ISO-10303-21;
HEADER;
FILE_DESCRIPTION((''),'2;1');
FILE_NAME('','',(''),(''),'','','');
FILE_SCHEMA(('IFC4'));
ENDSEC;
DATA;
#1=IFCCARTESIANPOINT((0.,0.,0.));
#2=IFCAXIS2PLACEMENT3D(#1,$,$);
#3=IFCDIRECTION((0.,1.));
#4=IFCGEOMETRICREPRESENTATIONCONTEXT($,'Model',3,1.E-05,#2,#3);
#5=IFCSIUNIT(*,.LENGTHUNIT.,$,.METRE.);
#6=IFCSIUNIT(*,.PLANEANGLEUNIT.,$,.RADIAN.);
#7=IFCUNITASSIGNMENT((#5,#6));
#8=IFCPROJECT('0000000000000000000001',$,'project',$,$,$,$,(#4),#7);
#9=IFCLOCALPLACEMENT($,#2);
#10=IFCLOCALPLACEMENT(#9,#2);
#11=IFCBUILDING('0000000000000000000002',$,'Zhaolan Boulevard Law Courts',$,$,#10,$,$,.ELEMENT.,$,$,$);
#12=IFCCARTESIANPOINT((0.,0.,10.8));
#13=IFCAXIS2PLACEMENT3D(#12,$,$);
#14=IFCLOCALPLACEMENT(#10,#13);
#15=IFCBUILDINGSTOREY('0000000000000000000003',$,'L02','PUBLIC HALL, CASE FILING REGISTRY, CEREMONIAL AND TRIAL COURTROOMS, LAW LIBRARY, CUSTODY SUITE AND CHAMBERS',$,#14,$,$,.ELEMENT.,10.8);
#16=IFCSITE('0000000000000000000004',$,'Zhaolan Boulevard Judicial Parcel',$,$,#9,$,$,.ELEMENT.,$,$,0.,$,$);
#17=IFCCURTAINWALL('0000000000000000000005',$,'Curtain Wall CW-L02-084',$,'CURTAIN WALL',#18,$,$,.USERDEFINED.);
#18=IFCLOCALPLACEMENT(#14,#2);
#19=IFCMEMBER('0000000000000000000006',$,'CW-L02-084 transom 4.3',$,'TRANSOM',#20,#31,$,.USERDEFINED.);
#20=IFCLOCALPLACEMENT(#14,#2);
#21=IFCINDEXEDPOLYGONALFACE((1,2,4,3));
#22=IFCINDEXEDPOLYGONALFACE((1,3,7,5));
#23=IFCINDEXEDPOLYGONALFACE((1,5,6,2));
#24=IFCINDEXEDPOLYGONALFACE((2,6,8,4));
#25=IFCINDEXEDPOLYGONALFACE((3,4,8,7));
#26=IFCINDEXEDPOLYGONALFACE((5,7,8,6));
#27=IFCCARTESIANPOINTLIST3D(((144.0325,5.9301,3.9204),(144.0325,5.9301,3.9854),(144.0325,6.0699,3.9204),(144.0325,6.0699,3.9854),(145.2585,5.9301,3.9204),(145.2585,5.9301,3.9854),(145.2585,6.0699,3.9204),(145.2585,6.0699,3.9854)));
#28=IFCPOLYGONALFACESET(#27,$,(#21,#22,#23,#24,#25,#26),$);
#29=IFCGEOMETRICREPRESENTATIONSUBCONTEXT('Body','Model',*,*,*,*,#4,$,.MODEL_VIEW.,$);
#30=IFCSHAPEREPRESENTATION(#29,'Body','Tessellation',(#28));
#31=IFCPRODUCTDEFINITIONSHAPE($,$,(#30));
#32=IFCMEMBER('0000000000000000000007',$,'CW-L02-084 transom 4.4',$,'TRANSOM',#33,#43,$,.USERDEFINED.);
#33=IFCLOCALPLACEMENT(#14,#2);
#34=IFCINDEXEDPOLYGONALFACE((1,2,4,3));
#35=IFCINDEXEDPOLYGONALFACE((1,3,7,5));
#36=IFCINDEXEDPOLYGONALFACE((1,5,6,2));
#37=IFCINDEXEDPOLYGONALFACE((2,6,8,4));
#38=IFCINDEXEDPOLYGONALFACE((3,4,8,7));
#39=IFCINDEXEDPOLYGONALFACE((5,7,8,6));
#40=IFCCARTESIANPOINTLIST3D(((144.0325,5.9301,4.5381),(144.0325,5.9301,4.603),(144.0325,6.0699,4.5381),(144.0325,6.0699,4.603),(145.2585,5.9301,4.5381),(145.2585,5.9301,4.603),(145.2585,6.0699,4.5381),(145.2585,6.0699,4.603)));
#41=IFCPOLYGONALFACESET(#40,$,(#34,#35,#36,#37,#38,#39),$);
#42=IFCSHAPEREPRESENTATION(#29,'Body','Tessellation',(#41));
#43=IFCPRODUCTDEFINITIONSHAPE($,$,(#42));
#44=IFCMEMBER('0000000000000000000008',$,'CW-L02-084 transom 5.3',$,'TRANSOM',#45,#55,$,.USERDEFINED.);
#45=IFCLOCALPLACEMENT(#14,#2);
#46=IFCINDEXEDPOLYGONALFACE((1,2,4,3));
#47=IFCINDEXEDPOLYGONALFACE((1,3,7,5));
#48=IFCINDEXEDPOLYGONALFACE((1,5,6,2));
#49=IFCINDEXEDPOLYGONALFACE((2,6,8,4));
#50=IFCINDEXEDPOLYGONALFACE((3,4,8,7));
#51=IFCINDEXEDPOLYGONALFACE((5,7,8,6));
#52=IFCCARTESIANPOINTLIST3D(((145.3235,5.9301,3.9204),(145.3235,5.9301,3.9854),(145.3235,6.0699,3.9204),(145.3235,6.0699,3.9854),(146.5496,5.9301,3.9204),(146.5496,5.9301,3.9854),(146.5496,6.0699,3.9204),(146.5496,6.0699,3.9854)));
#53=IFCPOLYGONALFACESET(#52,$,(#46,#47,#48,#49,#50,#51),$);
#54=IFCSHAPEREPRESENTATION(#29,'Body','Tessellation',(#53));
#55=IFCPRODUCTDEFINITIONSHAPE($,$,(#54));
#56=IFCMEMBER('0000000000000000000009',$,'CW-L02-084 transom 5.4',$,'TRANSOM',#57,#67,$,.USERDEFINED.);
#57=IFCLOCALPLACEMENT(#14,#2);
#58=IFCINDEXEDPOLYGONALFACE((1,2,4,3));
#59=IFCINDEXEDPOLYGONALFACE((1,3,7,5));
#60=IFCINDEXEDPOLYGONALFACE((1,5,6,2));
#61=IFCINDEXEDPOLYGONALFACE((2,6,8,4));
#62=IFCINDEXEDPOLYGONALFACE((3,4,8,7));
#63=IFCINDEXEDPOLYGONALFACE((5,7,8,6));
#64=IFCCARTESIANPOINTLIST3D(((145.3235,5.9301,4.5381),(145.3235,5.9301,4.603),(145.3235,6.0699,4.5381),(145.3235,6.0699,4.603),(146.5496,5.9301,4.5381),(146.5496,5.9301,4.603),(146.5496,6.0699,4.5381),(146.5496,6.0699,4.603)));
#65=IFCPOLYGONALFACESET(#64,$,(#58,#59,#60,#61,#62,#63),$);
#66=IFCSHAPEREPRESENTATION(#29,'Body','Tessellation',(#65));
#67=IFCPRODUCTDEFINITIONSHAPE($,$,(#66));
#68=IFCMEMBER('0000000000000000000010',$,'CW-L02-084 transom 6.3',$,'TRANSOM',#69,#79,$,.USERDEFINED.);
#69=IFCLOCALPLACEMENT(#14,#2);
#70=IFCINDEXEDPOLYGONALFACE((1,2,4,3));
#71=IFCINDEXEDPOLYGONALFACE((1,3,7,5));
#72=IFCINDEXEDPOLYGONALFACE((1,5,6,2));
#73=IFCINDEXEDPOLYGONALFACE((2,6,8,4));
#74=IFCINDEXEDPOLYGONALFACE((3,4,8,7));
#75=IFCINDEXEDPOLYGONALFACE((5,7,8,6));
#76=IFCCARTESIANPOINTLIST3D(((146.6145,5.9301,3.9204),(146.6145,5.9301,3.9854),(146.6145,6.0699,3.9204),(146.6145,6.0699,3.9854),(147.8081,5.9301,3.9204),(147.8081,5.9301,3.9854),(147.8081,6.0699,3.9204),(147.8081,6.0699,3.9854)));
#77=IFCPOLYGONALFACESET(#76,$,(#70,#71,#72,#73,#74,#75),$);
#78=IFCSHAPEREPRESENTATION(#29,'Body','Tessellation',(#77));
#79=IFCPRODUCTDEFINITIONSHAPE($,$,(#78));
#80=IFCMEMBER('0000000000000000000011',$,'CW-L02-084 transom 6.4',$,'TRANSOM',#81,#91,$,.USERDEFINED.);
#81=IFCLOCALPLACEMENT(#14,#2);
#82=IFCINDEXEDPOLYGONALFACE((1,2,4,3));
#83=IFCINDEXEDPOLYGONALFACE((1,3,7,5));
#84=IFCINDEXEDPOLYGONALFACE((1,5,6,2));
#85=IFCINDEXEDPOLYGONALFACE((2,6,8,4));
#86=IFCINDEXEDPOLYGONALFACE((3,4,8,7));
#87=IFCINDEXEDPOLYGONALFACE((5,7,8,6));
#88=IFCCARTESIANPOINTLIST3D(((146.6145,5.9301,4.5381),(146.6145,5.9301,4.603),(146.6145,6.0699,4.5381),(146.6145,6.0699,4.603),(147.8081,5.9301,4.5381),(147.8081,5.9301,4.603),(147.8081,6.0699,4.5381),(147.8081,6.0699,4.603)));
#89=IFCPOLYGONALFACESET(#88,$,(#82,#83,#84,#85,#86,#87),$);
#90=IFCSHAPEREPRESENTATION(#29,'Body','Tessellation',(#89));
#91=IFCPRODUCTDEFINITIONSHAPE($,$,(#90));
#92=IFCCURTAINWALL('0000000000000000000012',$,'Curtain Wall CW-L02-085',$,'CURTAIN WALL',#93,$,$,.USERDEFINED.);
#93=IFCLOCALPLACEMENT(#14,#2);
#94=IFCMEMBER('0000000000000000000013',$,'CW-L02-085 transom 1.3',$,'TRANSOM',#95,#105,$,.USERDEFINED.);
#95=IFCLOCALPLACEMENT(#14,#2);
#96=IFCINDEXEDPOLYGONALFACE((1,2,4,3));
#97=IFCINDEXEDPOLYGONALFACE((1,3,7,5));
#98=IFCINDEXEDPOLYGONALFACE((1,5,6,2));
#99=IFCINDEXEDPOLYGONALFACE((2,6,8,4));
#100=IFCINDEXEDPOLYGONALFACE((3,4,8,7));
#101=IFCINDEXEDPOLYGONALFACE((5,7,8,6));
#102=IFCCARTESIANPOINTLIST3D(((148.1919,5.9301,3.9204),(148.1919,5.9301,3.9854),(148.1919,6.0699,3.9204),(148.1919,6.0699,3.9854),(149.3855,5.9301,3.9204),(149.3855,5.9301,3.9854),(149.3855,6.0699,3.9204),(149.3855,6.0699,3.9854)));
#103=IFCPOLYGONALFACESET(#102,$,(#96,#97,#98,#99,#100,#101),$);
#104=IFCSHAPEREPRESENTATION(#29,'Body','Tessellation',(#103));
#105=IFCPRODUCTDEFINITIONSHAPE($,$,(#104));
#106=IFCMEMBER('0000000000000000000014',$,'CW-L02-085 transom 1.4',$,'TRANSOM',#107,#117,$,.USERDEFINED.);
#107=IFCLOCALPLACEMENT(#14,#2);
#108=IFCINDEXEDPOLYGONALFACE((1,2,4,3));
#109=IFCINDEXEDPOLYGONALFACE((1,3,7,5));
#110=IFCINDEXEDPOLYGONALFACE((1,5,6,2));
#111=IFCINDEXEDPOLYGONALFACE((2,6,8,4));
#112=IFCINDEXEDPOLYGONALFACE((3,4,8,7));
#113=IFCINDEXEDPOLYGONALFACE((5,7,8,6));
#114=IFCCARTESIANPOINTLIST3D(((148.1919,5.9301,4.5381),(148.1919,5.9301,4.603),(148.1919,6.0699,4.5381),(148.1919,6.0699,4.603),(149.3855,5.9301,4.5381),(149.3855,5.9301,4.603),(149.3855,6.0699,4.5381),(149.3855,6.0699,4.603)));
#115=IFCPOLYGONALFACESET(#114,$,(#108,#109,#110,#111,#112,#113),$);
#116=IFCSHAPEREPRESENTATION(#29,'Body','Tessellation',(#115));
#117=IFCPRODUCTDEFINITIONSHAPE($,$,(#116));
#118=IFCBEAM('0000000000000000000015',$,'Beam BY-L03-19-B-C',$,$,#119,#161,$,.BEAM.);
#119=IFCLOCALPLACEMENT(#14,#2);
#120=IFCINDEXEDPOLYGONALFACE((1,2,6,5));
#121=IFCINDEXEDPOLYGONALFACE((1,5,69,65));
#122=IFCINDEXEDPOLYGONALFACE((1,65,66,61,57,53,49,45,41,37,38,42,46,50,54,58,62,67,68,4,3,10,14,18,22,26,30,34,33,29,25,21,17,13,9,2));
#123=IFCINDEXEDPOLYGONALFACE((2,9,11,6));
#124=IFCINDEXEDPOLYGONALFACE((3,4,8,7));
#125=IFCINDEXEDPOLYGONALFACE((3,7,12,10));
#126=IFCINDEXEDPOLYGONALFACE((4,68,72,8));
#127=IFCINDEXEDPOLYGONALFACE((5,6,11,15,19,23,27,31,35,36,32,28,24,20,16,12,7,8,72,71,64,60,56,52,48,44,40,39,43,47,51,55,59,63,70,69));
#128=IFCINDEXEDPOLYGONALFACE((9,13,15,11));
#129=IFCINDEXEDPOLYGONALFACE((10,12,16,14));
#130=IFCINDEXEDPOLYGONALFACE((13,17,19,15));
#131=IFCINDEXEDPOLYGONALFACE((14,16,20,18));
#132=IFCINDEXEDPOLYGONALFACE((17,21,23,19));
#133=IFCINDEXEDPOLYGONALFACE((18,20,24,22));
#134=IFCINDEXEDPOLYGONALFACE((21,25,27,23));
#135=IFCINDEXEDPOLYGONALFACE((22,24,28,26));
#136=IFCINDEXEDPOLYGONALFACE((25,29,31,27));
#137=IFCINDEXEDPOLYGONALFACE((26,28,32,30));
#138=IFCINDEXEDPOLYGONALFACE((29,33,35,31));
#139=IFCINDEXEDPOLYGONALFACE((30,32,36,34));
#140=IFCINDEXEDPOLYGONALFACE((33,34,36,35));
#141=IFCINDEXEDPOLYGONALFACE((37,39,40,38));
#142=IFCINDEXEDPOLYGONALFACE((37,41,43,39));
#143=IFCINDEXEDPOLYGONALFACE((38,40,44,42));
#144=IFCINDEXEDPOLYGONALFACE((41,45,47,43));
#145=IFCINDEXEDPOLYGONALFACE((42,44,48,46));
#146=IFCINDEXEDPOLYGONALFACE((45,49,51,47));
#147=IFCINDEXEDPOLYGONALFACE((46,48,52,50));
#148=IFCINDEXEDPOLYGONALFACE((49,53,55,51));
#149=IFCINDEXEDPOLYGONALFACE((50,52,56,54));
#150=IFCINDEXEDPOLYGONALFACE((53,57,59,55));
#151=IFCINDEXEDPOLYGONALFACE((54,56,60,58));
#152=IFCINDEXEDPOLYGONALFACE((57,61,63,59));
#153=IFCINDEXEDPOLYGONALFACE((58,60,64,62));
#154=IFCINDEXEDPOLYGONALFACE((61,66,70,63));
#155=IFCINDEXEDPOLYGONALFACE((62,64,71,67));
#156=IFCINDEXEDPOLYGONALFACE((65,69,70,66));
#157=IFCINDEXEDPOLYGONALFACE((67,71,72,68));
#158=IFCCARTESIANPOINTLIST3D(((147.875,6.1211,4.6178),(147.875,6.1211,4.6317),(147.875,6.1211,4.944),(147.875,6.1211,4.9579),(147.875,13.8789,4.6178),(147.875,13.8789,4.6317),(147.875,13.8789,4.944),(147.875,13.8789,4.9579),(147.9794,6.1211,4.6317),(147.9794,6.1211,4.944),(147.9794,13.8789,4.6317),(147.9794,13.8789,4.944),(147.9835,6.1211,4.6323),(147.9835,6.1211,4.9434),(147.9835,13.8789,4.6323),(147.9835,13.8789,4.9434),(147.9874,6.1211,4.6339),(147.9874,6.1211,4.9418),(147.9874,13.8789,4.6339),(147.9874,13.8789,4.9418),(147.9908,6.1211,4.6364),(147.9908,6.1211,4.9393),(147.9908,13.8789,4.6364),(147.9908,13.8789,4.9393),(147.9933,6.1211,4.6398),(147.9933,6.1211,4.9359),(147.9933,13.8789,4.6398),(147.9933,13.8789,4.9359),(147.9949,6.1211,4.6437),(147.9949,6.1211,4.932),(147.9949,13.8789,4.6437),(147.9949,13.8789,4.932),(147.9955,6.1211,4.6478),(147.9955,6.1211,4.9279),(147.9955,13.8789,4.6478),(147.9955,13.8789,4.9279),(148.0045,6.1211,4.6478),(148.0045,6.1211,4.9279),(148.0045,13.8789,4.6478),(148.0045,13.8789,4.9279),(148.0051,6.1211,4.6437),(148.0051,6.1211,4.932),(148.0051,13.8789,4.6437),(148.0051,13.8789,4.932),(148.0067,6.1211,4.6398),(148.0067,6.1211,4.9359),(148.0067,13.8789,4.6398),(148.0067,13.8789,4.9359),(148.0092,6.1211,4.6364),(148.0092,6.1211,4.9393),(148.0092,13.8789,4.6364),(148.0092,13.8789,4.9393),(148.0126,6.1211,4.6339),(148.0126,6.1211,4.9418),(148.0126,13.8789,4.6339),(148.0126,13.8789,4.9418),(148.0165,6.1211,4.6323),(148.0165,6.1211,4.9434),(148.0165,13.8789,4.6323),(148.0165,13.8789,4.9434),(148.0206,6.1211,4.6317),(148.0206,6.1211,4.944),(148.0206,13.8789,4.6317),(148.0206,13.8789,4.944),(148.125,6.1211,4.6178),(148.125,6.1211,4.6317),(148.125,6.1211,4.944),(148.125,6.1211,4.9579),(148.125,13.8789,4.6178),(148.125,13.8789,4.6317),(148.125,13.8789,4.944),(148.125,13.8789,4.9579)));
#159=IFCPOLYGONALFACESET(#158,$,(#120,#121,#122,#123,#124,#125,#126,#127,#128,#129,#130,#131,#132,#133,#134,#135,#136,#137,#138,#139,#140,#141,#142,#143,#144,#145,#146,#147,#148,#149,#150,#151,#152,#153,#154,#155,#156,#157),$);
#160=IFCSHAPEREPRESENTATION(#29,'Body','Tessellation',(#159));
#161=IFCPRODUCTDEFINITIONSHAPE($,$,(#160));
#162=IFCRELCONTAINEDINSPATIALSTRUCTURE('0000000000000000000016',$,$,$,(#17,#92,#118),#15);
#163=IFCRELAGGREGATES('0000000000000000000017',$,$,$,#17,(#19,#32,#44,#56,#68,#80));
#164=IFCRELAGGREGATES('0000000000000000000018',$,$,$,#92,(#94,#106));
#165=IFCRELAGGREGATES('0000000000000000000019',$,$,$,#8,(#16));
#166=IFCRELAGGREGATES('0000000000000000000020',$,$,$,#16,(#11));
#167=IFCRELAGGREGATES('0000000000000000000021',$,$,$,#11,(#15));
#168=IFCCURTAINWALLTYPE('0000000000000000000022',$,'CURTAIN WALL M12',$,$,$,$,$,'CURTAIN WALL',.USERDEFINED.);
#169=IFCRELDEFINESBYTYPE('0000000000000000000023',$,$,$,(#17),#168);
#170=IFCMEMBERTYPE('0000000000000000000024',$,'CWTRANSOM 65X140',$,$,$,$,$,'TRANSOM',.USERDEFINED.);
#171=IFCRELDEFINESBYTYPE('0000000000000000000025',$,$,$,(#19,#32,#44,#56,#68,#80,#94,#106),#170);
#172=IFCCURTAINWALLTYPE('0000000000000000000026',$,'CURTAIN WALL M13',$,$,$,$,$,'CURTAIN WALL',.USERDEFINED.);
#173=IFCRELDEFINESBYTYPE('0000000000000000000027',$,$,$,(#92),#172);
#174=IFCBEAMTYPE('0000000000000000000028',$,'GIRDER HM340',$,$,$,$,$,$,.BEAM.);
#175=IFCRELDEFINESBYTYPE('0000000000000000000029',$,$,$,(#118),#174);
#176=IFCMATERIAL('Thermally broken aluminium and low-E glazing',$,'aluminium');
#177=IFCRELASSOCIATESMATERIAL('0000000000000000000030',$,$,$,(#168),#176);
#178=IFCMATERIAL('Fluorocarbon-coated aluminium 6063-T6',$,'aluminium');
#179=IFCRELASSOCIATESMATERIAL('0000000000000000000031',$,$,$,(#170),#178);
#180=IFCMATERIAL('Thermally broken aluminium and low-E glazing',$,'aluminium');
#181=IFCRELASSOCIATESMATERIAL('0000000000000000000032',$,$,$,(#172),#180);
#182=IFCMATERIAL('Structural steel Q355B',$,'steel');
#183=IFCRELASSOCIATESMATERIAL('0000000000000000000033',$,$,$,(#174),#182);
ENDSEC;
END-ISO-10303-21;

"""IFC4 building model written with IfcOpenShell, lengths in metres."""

from ifc_helpers import new_model, si_unit, direction, frame, origin, origin_2d, place, context, subcontext, project, spatial, rectangle, i_section, extrude, material, material_profile, profile_set, type_object, element, aggregate, save


model = new_model("IFC4")

# Units and contexts
model_context = context("Model", 3, precision=1e-05, world=origin(), true_north=direction((0.0, 1.0)))
body_context = subcontext(model_context, "Body", "Model", "MODEL_VIEW")
ifc_project = project(units=[si_unit("LENGTHUNIT", "METRE"), si_unit("PLANEANGLEUNIT", "RADIAN")], contexts=[model_context])

# Site, building, storey
site_placement = place(None, origin())
site = spatial("IfcSite", under=ifc_project, at=site_placement, Name="Zhaolan Boulevard Judicial Parcel", CompositionType="ELEMENT", RefElevation=0.0)
building_placement = place(site_placement, origin())
building = spatial("IfcBuilding", under=site, at=building_placement, Name="Zhaolan Boulevard Law Courts", CompositionType="ELEMENT")
storey_placement = place(building_placement, frame((0.0, 0.0, 10.8)))
storey = spatial("IfcBuildingStorey", under=building, at=storey_placement, Name="L02", Description="PUBLIC HALL, CASE FILING REGISTRY, CEREMONIAL AND TRIAL COURTROOMS, LAW LIBRARY, CUSTODY SUITE AND CHAMBERS", CompositionType="ELEMENT", Elevation=10.8)

# Curtain walls, members
ifc_material_1 = material(Name="Thermally broken aluminium and low-E glazing", Category="aluminium")
curtain_wall_type_1 = type_object("IfcCurtainWallType", Name="CURTAIN WALL M12", ElementType="CURTAIN WALL", PredefinedType="USERDEFINED", material=ifc_material_1)
curtain_wall_1_placement = place(storey_placement, origin())
curtain_wall_1 = element("IfcCurtainWall", 1, at=curtain_wall_1_placement, inside=storey, type_object=curtain_wall_type_1, Name="Curtain Wall CW-L02-084", ObjectType="CURTAIN WALL", PredefinedType="USERDEFINED")
ifc_material_2 = material(Name="Fluorocarbon-coated aluminium 6063-T6", Category="aluminium")
ifc_material_profile_1 = material_profile(ifc_material_2, rectangle(XDim=0.1399, YDim=0.0649, at=origin_2d()), Name="AL65x140")
ifc_profile_set_1 = profile_set([ifc_material_profile_1], Name="Fluorocarbon-coated aluminium 6063-T6")
member_type_1 = type_object("IfcMemberType", Name="CWTRANSOM 65X140", ElementType="TRANSOM", PredefinedType="USERDEFINED", material=ifc_profile_set_1)
member_1_placement = place(storey_placement, frame((144.0325, 6.0, 3.9529), z_axis=(1.0, 0.0, 0.0), x_axis=(0.0, 1.0, 0.0)))
member_1 = element("IfcMember", 2, at=member_1_placement, type_object=member_type_1, Name="CW-L02-084 transom 4.3", ObjectType="TRANSOM", PredefinedType="USERDEFINED", context=body_context, shape_type="SweptSolid", body=[
    extrude(rectangle(XDim=0.1399, YDim=0.0649, at=origin_2d()), origin(), (0.0, 0.0, 1.0), 1.2261),
])
member_2_placement = place(storey_placement, frame((144.0325, 6.0, 4.5706), z_axis=(1.0, 0.0, 0.0), x_axis=(0.0, 1.0, 0.0)))
member_2 = element("IfcMember", 3, at=member_2_placement, type_object=member_type_1, Name="CW-L02-084 transom 4.4", ObjectType="TRANSOM", PredefinedType="USERDEFINED", context=body_context, shape_type="SweptSolid", body=[
    extrude(rectangle(XDim=0.1399, YDim=0.0649, at=origin_2d()), origin(), (0.0, 0.0, 1.0), 1.2261),
])
member_3_placement = place(storey_placement, frame((145.3235, 6.0, 3.9529), z_axis=(1.0, 0.0, 0.0), x_axis=(0.0, 1.0, 0.0)))
member_3 = element("IfcMember", 4, at=member_3_placement, type_object=member_type_1, Name="CW-L02-084 transom 5.3", ObjectType="TRANSOM", PredefinedType="USERDEFINED", context=body_context, shape_type="SweptSolid", body=[
    extrude(rectangle(XDim=0.1399, YDim=0.0649, at=origin_2d()), origin(), (0.0, 0.0, 1.0), 1.2261),
])
member_4_placement = place(storey_placement, frame((145.3235, 6.0, 4.5706), z_axis=(1.0, 0.0, 0.0), x_axis=(0.0, 1.0, 0.0)))
member_4 = element("IfcMember", 5, at=member_4_placement, type_object=member_type_1, Name="CW-L02-084 transom 5.4", ObjectType="TRANSOM", PredefinedType="USERDEFINED", context=body_context, shape_type="SweptSolid", body=[
    extrude(rectangle(XDim=0.1399, YDim=0.0649, at=origin_2d()), origin(), (0.0, 0.0, 1.0), 1.2261),
])
member_5_placement = place(storey_placement, frame((146.6145, 6.0, 3.9529), z_axis=(1.0, 0.0, 0.0), x_axis=(0.0, 1.0, 0.0)))
member_5 = element("IfcMember", 6, at=member_5_placement, type_object=member_type_1, Name="CW-L02-084 transom 6.3", ObjectType="TRANSOM", PredefinedType="USERDEFINED", context=body_context, shape_type="SweptSolid", body=[
    extrude(rectangle(XDim=0.1399, YDim=0.0649, at=origin_2d()), origin(), (0.0, 0.0, 1.0), 1.1936),
])
member_6_placement = place(storey_placement, frame((146.6145, 6.0, 4.5706), z_axis=(1.0, 0.0, 0.0), x_axis=(0.0, 1.0, 0.0)))
member_6 = element("IfcMember", 7, at=member_6_placement, type_object=member_type_1, Name="CW-L02-084 transom 6.4", ObjectType="TRANSOM", PredefinedType="USERDEFINED", context=body_context, shape_type="SweptSolid", body=[
    extrude(rectangle(XDim=0.1399, YDim=0.0649, at=origin_2d()), origin(), (0.0, 0.0, 1.0), 1.1936),
])
ifc_material_3 = material(Name="Thermally broken aluminium and low-E glazing", Category="aluminium")
curtain_wall_type_2 = type_object("IfcCurtainWallType", Name="CURTAIN WALL M13", ElementType="CURTAIN WALL", PredefinedType="USERDEFINED", material=ifc_material_3)
curtain_wall_2_placement = place(storey_placement, origin())
curtain_wall_2 = element("IfcCurtainWall", 8, at=curtain_wall_2_placement, inside=storey, type_object=curtain_wall_type_2, Name="Curtain Wall CW-L02-085", ObjectType="CURTAIN WALL", PredefinedType="USERDEFINED")
member_7_placement = place(storey_placement, frame((148.1919, 6.0, 3.9529), z_axis=(1.0, 0.0, 0.0), x_axis=(0.0, 1.0, 0.0)))
member_7 = element("IfcMember", 9, at=member_7_placement, type_object=member_type_1, Name="CW-L02-085 transom 1.3", ObjectType="TRANSOM", PredefinedType="USERDEFINED", context=body_context, shape_type="SweptSolid", body=[
    extrude(rectangle(XDim=0.1399, YDim=0.0649, at=origin_2d()), origin(), (0.0, 0.0, 1.0), 1.1936),
])
member_8_placement = place(storey_placement, frame((148.1919, 6.0, 4.5706), z_axis=(1.0, 0.0, 0.0), x_axis=(0.0, 1.0, 0.0)))
member_8 = element("IfcMember", 10, at=member_8_placement, type_object=member_type_1, Name="CW-L02-085 transom 1.4", ObjectType="TRANSOM", PredefinedType="USERDEFINED", context=body_context, shape_type="SweptSolid", body=[
    extrude(rectangle(XDim=0.1399, YDim=0.0649, at=origin_2d()), origin(), (0.0, 0.0, 1.0), 1.1936),
])

# Beam
ifc_material_4 = material(Name="Structural steel Q355B", Category="steel")
ifc_material_profile_2 = material_profile(ifc_material_4, i_section(OverallWidth=0.25, OverallDepth=0.3401, WebThickness=0.009, FlangeThickness=0.0139, FilletRadius=0.0161, at=origin_2d()), Name="HM340x250")
ifc_profile_set_2 = profile_set([ifc_material_profile_2], Name="Structural steel Q355B")
beam_type_1 = type_object("IfcBeamType", Name="GIRDER HM340", PredefinedType="BEAM", material=ifc_profile_set_2)
beam_1_placement = place(storey_placement, frame((148.0, 6.1211, 4.7878), z_axis=(0.0, 1.0, 0.0), x_axis=(-1.0, 0.0, 0.0)))
element("IfcBeam", 11, at=beam_1_placement, inside=storey, type_object=beam_type_1, Name="Beam BY-L03-19-B-C", PredefinedType="BEAM", context=body_context, shape_type="SweptSolid", body=[
    extrude(i_section(OverallWidth=0.25, OverallDepth=0.3401, WebThickness=0.009, FlangeThickness=0.0139, FilletRadius=0.0161, at=origin_2d()), origin(), (0.0, 0.0, 1.0), 7.7578),
])

aggregate(curtain_wall_1, [member_1, member_2, member_3, member_4, member_5, member_6])
aggregate(curtain_wall_2, [member_7, member_8])

save(model, "model.ifc")
